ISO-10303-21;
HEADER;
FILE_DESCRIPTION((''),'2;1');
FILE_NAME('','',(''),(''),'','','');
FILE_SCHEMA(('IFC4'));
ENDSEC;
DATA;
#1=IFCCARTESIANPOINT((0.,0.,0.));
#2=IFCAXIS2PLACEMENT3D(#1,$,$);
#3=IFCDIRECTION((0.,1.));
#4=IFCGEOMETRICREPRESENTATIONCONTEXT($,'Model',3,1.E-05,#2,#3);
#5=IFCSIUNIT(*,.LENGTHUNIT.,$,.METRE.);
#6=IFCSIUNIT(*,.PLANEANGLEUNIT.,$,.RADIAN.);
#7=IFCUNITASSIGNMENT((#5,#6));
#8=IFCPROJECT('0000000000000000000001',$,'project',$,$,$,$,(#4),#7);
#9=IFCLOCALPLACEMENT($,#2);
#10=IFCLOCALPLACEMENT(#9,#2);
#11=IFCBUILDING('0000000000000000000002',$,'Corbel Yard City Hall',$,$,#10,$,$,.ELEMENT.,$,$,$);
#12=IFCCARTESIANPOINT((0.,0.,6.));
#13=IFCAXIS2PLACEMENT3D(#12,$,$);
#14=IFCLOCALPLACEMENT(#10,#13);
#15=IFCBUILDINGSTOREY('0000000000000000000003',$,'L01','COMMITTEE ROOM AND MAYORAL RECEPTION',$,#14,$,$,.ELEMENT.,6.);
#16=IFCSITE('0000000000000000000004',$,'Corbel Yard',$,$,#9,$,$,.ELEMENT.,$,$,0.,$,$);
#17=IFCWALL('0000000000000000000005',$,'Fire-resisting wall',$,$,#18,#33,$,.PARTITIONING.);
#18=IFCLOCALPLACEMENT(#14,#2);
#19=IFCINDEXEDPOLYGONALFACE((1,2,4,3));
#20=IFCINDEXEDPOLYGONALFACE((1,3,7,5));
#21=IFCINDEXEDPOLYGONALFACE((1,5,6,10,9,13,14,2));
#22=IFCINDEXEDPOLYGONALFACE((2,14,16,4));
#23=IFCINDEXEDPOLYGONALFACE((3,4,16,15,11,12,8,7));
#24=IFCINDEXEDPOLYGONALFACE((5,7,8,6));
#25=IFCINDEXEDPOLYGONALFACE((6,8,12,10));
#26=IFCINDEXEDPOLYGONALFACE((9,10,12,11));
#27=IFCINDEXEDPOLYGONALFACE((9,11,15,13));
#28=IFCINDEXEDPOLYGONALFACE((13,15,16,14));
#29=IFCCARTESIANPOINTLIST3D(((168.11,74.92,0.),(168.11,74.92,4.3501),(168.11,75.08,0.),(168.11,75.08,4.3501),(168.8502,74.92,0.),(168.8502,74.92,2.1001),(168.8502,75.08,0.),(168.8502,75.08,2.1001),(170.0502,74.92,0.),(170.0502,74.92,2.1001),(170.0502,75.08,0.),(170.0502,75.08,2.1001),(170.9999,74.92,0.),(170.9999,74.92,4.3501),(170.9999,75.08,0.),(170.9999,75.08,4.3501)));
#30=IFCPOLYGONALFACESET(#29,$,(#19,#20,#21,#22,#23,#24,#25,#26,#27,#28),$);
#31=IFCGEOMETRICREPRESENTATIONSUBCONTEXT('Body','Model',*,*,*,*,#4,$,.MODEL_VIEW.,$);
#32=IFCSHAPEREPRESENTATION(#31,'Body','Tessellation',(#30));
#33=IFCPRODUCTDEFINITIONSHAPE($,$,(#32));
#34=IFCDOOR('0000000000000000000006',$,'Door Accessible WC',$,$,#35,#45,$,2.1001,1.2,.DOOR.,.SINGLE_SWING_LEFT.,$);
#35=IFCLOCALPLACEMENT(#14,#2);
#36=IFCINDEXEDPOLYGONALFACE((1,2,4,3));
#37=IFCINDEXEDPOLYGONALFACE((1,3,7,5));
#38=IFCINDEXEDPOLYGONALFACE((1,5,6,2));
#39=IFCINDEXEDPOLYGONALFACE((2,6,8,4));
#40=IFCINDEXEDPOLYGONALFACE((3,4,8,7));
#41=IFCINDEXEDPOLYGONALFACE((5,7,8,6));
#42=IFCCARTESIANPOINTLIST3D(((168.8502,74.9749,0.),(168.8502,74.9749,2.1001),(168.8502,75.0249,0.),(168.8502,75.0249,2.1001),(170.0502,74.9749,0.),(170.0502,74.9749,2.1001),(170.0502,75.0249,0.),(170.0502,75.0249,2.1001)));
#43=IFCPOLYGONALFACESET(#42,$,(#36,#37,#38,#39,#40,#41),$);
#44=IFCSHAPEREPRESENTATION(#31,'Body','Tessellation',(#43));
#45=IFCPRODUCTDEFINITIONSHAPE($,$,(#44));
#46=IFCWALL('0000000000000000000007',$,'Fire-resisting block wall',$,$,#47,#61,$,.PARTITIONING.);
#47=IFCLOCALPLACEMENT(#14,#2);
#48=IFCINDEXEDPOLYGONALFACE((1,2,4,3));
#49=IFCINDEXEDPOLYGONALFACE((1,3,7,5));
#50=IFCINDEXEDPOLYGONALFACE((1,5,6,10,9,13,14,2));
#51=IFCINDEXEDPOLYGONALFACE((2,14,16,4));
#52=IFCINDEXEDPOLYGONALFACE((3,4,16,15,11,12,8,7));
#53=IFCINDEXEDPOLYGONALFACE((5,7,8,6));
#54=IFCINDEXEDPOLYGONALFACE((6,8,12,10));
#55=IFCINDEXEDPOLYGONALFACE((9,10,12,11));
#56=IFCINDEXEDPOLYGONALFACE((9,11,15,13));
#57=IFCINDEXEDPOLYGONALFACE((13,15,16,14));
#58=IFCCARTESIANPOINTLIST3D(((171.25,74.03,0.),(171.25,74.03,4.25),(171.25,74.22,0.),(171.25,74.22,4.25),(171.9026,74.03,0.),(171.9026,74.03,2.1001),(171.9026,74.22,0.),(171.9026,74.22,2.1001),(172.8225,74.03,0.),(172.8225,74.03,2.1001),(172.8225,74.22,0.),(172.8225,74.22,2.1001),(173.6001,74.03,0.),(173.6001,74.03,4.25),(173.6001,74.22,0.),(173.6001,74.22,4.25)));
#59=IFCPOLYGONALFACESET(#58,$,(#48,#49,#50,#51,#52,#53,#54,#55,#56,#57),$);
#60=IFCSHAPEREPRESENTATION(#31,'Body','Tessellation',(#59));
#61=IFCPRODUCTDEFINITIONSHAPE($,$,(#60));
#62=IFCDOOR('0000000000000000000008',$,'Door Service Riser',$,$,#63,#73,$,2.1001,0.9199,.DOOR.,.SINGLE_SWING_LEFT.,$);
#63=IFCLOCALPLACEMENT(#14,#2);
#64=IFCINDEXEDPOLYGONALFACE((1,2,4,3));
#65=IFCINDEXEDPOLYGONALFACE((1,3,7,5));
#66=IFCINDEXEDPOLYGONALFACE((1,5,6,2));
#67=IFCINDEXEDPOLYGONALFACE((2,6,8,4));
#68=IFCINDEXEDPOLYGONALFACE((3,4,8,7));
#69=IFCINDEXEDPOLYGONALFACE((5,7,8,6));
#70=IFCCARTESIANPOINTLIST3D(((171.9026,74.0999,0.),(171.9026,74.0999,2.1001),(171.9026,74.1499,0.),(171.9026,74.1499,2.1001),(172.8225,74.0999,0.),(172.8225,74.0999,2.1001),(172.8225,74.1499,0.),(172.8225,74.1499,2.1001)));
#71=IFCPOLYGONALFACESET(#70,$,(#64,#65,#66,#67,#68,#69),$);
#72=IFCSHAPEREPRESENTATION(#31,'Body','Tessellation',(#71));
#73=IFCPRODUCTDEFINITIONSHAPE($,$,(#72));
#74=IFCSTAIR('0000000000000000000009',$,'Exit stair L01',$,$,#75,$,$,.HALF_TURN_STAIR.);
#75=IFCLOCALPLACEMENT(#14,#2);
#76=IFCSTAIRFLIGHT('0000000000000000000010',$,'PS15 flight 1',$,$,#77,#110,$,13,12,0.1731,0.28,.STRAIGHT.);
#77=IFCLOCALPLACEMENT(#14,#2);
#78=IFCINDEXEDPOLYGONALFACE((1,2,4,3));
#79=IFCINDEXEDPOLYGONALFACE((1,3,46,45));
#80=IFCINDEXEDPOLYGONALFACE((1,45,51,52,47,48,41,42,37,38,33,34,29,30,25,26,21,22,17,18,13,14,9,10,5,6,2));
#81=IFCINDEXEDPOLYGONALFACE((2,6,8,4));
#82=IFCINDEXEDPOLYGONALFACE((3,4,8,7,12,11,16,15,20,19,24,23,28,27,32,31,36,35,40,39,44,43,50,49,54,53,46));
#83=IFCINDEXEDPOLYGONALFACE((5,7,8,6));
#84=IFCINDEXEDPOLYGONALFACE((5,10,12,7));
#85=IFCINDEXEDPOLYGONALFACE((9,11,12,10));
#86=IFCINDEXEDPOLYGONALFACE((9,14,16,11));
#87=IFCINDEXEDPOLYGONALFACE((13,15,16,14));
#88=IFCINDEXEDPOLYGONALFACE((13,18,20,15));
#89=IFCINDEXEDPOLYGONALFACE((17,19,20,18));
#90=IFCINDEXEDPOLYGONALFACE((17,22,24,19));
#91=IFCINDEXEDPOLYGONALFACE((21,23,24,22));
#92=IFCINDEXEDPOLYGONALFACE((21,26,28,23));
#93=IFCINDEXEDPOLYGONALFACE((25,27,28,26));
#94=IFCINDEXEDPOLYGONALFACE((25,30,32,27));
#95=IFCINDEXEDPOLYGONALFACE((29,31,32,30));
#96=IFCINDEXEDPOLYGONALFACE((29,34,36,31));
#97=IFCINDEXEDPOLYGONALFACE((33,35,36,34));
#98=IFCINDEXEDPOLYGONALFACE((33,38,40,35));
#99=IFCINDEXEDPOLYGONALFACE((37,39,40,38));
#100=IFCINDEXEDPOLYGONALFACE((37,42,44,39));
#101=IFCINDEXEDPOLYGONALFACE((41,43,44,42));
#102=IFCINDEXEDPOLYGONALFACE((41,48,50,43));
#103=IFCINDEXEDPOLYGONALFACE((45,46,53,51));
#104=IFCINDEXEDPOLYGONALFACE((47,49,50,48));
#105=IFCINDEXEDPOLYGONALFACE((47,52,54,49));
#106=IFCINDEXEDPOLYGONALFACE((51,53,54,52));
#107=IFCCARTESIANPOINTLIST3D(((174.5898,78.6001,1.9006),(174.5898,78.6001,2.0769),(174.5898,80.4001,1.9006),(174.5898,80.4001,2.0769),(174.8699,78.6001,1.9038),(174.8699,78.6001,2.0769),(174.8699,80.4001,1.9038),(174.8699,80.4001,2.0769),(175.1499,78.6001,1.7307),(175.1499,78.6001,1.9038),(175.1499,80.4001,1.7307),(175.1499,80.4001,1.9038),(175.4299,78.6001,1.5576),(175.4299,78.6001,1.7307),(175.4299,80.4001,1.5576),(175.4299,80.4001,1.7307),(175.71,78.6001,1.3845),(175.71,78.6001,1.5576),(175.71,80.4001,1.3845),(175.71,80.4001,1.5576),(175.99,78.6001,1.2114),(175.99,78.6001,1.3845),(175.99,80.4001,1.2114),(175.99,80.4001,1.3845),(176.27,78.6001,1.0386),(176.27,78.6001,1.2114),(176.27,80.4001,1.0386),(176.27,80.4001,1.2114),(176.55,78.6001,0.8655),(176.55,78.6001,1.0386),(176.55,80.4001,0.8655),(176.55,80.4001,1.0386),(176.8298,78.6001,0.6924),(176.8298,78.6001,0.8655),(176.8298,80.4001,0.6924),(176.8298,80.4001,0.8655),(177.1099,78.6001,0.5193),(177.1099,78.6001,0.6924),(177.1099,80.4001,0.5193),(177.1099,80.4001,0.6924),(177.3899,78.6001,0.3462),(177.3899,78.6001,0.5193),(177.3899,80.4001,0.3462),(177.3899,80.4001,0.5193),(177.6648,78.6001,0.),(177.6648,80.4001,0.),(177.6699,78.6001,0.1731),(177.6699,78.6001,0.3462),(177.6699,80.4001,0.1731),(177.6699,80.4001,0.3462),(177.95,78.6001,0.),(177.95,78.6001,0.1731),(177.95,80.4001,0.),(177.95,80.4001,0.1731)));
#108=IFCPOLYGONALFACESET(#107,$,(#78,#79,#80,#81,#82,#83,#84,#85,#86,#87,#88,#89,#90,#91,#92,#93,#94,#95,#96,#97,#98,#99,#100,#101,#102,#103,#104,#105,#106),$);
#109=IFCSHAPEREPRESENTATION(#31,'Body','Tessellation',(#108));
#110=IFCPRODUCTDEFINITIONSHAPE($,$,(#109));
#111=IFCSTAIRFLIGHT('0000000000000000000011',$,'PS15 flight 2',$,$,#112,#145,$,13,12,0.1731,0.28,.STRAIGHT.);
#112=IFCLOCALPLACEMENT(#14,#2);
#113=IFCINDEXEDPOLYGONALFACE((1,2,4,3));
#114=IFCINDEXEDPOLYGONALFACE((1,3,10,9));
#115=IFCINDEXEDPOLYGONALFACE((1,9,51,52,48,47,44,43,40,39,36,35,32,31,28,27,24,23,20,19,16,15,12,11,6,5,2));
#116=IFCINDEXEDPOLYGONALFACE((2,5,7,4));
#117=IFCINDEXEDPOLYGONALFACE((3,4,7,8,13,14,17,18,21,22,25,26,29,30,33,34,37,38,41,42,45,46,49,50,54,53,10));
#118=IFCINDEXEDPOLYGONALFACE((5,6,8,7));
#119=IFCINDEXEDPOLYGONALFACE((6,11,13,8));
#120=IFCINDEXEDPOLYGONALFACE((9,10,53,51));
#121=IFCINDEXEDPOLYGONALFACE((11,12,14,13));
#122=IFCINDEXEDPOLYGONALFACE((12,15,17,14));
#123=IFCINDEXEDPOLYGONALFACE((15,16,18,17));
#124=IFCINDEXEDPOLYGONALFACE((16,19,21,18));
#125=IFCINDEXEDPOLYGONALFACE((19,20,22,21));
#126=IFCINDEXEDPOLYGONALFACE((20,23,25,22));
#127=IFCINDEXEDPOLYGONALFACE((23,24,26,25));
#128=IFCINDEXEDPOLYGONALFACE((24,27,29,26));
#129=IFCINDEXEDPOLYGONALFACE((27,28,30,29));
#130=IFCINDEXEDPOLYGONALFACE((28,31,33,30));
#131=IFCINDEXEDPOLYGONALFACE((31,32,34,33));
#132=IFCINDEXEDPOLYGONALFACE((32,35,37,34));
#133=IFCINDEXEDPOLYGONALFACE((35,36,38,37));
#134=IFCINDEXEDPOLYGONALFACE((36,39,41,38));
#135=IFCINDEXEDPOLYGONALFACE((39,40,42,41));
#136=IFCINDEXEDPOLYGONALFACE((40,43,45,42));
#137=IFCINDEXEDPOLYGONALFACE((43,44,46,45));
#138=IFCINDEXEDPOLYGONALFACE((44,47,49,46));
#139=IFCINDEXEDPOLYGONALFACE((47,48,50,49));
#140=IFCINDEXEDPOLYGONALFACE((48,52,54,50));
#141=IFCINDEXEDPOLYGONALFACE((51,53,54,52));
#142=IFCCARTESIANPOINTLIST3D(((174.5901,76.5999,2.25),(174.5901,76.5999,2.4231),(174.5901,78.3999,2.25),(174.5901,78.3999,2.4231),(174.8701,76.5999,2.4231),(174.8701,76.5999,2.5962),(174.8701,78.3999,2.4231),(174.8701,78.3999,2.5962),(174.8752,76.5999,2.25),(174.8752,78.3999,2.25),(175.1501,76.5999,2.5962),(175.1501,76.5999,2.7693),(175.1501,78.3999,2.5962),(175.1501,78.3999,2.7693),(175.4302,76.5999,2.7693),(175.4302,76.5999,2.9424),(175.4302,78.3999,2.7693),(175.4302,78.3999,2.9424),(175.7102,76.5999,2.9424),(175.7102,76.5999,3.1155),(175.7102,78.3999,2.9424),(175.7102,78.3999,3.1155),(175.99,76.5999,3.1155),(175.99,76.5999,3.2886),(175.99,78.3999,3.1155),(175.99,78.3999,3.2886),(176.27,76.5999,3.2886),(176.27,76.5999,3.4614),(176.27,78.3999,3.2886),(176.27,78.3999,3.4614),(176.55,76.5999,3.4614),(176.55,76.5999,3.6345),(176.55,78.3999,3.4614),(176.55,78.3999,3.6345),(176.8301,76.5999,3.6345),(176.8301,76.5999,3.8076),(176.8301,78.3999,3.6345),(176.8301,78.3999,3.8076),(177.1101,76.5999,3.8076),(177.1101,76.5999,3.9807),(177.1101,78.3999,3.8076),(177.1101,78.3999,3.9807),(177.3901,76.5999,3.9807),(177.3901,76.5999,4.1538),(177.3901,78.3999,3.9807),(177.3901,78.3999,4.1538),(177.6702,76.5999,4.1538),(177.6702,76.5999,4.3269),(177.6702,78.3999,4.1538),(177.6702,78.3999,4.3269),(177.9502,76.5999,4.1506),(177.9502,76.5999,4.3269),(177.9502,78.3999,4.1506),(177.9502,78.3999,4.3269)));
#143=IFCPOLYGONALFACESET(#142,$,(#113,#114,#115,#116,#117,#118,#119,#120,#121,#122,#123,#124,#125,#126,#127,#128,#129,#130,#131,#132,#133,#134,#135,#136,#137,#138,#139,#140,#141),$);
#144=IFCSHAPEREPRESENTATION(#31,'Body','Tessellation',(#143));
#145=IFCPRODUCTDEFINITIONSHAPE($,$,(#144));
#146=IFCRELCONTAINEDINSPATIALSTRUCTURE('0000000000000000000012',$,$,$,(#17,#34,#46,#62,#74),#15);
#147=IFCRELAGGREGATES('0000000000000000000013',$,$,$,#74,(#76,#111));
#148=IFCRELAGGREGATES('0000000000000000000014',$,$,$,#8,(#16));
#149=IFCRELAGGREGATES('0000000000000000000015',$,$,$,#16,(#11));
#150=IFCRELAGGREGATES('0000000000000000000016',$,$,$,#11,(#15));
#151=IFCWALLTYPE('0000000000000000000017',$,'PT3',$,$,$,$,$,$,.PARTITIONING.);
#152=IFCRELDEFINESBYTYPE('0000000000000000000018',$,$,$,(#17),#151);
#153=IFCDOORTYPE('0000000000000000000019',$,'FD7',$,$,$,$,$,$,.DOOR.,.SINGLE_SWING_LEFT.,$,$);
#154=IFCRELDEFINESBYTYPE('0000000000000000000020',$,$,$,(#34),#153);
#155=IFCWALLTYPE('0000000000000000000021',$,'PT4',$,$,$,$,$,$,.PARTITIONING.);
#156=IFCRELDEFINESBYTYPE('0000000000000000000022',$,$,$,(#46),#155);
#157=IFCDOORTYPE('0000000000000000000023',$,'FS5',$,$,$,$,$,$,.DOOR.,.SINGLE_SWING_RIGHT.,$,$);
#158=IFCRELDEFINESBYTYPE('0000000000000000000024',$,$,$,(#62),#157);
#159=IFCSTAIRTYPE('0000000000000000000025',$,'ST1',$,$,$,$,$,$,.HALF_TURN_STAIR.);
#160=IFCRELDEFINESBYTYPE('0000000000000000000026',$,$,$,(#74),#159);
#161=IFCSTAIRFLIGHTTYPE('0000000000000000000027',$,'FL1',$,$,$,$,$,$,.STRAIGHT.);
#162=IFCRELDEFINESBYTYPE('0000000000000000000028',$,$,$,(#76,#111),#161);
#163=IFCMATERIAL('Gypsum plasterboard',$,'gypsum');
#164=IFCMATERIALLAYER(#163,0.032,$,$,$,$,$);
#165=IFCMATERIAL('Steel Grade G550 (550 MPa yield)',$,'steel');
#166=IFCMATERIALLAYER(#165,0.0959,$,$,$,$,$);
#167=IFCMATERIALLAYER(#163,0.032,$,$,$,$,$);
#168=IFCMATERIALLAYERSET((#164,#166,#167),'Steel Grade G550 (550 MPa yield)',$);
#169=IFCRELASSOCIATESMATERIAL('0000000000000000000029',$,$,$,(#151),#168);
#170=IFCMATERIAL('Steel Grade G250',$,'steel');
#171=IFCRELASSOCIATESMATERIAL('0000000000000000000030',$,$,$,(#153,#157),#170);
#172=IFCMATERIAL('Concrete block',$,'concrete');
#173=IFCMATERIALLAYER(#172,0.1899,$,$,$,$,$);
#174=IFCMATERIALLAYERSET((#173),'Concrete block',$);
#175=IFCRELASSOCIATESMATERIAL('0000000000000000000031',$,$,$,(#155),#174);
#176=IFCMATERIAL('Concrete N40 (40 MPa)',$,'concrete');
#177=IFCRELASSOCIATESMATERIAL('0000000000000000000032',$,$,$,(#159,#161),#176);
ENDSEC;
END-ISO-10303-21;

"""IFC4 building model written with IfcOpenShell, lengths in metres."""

from ifc_helpers import new_model, si_unit, direction, frame, frame_2d, origin, place, context, subcontext, project, spatial, polyline, rectangle, outline, extrude, material, layer, layer_set, type_object, element, fill, aggregate, save


model = new_model("IFC4")

# Units and contexts
model_context = context("Model", 3, precision=1e-05, world=origin(), true_north=direction((0.0, 1.0)))
body_context = subcontext(model_context, "Body", "Model", "MODEL_VIEW")
ifc_project = project(units=[si_unit("LENGTHUNIT", "METRE"), si_unit("PLANEANGLEUNIT", "RADIAN")], contexts=[model_context])

# Site, building, storey
site_placement = place(None, origin())
site = spatial("IfcSite", under=ifc_project, at=site_placement, Name="Corbel Yard", CompositionType="ELEMENT", RefElevation=0.0)
building_placement = place(site_placement, origin())
building = spatial("IfcBuilding", under=site, at=building_placement, Name="Corbel Yard City Hall", CompositionType="ELEMENT")
storey_placement = place(building_placement, frame((0.0, 0.0, 6.0)))
storey = spatial("IfcBuildingStorey", under=building, at=storey_placement, Name="L01", Description="COMMITTEE ROOM AND MAYORAL RECEPTION", CompositionType="ELEMENT", Elevation=6.0)

# Shared definitions
ifc_material_1 = material(Name="Steel Grade G250", Category="steel")
ifc_material_2 = material(Name="Concrete N40 (40 MPa)", Category="concrete")

# Walls, openings, doors
ifc_material_3 = material(Name="Gypsum plasterboard", Category="gypsum")
ifc_layer_1 = layer(ifc_material_3, 0.032)
ifc_material_4 = material(Name="Steel Grade G550 (550 MPa yield)", Category="steel")
ifc_layer_2 = layer(ifc_material_4, 0.0959)
ifc_layer_3 = layer(ifc_material_3, 0.032)
ifc_layer_set_1 = layer_set([ifc_layer_1, ifc_layer_2, ifc_layer_3], Name="Steel Grade G550 (550 MPa yield)")
wall_type_1 = type_object("IfcWallType", Name="PT3", PredefinedType="PARTITIONING", material=ifc_layer_set_1)
wall_1_placement = place(storey_placement, frame((168.1101, 75.0, 0.0), z_axis=(0.0, 0.0, 1.0), x_axis=(1.0, 0.0, 0.0)))
wall_1 = element("IfcWall", 1, at=wall_1_placement, inside=storey, type_object=wall_type_1, Name="Fire-resisting wall", PredefinedType="PARTITIONING", context=body_context, shape_type="SweptSolid", body=[
    extrude(rectangle(XDim=2.8899, YDim=0.1599, at=frame_2d((1.4448, 0.0))), origin(), (0.0, 0.0, 1.0), 4.3501),
])
opening_1_placement = place(wall_1_placement, frame((0.74, 0.0, 0.0)))
opening_1 = element("IfcOpeningElement", 2, at=opening_1_placement, cuts=wall_1, PredefinedType="OPENING", context=body_context, shape_type="SweptSolid", body=[
    extrude(rectangle(XDim=1.2, YDim=2.1001, at=frame_2d((0.6001, 1.05))), frame((0.0, 0.0898, 0.0), z_axis=(0.0, -1.0, 0.0), x_axis=(1.0, 0.0, 0.0)), (0.0, 0.0, 1.0), 0.1799),
])
door_type_1 = type_object("IfcDoorType", Name="FD7", OperationType="SINGLE_SWING_LEFT", PredefinedType="DOOR", material=ifc_material_1)
door_1_placement = place(opening_1_placement, origin())
door_1 = element("IfcDoor", 3, at=door_1_placement, inside=storey, type_object=door_type_1, Name="Door Accessible WC", OperationType="SINGLE_SWING_LEFT", OverallHeight=2.1001, OverallWidth=1.2, PredefinedType="DOOR", context=body_context, shape_type="SweptSolid", body=[
    extrude(rectangle(XDim=1.2, YDim=2.1001, at=frame_2d((0.6001, 1.05))), frame((0.0, 0.0249, 0.0), z_axis=(0.0, -1.0, 0.0), x_axis=(1.0, 0.0, 0.0)), (0.0, 0.0, 1.0), 0.05),
])
fill(opening_1, door_1)
ifc_material_5 = material(Name="Concrete block", Category="concrete")
ifc_layer_4 = layer(ifc_material_5, 0.1899)
ifc_layer_set_2 = layer_set([ifc_layer_4], Name="Concrete block")
wall_type_2 = type_object("IfcWallType", Name="PT4", PredefinedType="PARTITIONING", material=ifc_layer_set_2)
wall_2_placement = place(storey_placement, frame((171.25, 74.125, 0.0), z_axis=(0.0, 0.0, 1.0), x_axis=(1.0, 0.0, 0.0)))
wall_2 = element("IfcWall", 4, at=wall_2_placement, inside=storey, type_object=wall_type_2, Name="Fire-resisting block wall", PredefinedType="PARTITIONING", context=body_context, shape_type="SweptSolid", body=[
    extrude(rectangle(XDim=2.3501, YDim=0.1899, at=frame_2d((1.175, 0.0))), origin(), (0.0, 0.0, 1.0), 4.25),
])
opening_2_placement = place(wall_2_placement, frame((0.6526, 0.0, 0.0)))
opening_2 = element("IfcOpeningElement", 5, at=opening_2_placement, cuts=wall_2, PredefinedType="OPENING", context=body_context, shape_type="SweptSolid", body=[
    extrude(rectangle(XDim=0.9199, YDim=2.1001, at=frame_2d((0.46, 1.05))), frame((0.0, 0.105, 0.0), z_axis=(0.0, -1.0, 0.0), x_axis=(1.0, 0.0, 0.0)), (0.0, 0.0, 1.0), 0.21),
])
door_type_2 = type_object("IfcDoorType", Name="FS5", OperationType="SINGLE_SWING_RIGHT", PredefinedType="DOOR", material=ifc_material_1)
door_2_placement = place(opening_2_placement, origin())
door_2 = element("IfcDoor", 6, at=door_2_placement, inside=storey, type_object=door_type_2, Name="Door Service Riser", OperationType="SINGLE_SWING_LEFT", OverallHeight=2.1001, OverallWidth=0.9199, PredefinedType="DOOR", context=body_context, shape_type="SweptSolid", body=[
    extrude(rectangle(XDim=0.9199, YDim=2.1001, at=frame_2d((0.46, 1.05))), frame((0.0, 0.0249, 0.0), z_axis=(0.0, -1.0, 0.0), x_axis=(1.0, 0.0, 0.0)), (0.0, 0.0, 1.0), 0.05),
])
fill(opening_2, door_2)

# Stair, stair flights
stair_type = type_object("IfcStairType", Name="ST1", PredefinedType="HALF_TURN_STAIR", material=ifc_material_2)
stair_placement = place(storey_placement, origin())
stair = element("IfcStair", 7, at=stair_placement, inside=storey, type_object=stair_type, Name="Exit stair L01", PredefinedType="HALF_TURN_STAIR")
stair_flight_type = type_object("IfcStairFlightType", Name="FL1", PredefinedType="STRAIGHT", material=ifc_material_2)
stair_flight_1_placement = place(storey_placement, frame((177.95, 79.5, 0.0), z_axis=(0.0, 0.0, 1.0), x_axis=(-1.0, 0.0, 0.0)))
stair_flight_1 = element("IfcStairFlight", 8, at=stair_flight_1_placement, type_object=stair_flight_type, Name="PS15 flight 1", NumberOfRisers=13, NumberOfTreads=12, PredefinedType="STRAIGHT", RiserHeight=0.1731, TreadLength=0.28, context=body_context, shape_type="SweptSolid", body=[
    extrude(outline(polyline([(0.0, 0.0), (0.0, 0.1731), (0.28, 0.1731), (0.28, 0.3462), (0.5601, 0.3462), (0.5601, 0.5193), (0.8401, 0.5193), (0.8401, 0.6924), (1.1201, 0.6924), (1.1201, 0.8655), (1.3999, 0.8655), (1.3999, 1.0386), (1.6799, 1.0386), (1.6799, 1.2114), (1.96, 1.2114), (1.96, 1.3845), (2.24, 1.3845), (2.24, 1.5576), (2.52, 1.5576), (2.52, 1.7307), (2.8, 1.7307), (2.8, 1.9038), (3.0801, 1.9038), (3.0801, 2.0769), (3.3601, 2.0769), (3.3601, 2.25), (3.3601, 1.9006), (0.2852, 0.0), (0.0, 0.0)])), frame((0.0, 0.8999, 0.0), z_axis=(0.0, -1.0, 0.0), x_axis=(1.0, 0.0, 0.0)), (0.0, 0.0, 1.0), 1.8),
])
stair_flight_2_placement = place(storey_placement, frame((174.5901, 77.5, 2.25), z_axis=(0.0, 0.0, 1.0), x_axis=(1.0, 0.0, 0.0)))
stair_flight_2 = element("IfcStairFlight", 9, at=stair_flight_2_placement, type_object=stair_flight_type, Name="PS15 flight 2", NumberOfRisers=13, NumberOfTreads=12, PredefinedType="STRAIGHT", RiserHeight=0.1731, TreadLength=0.28, context=body_context, shape_type="SweptSolid", body=[
    extrude(outline(polyline([(0.0, 0.0), (0.0, 0.1731), (0.28, 0.1731), (0.28, 0.3462), (0.5601, 0.3462), (0.5601, 0.5193), (0.8401, 0.5193), (0.8401, 0.6924), (1.1201, 0.6924), (1.1201, 0.8655), (1.3999, 0.8655), (1.3999, 1.0386), (1.6799, 1.0386), (1.6799, 1.2114), (1.96, 1.2114), (1.96, 1.3845), (2.24, 1.3845), (2.24, 1.5576), (2.52, 1.5576), (2.52, 1.7307), (2.8, 1.7307), (2.8, 1.9038), (3.0801, 1.9038), (3.0801, 2.0769), (3.3601, 2.0769), (3.3601, 2.25), (3.3601, 1.9006), (0.2852, 0.0), (0.0, 0.0)])), frame((0.0, 0.8999, 0.0), z_axis=(0.0, -1.0, 0.0), x_axis=(1.0, 0.0, 0.0)), (0.0, 0.0, 1.0), 1.8),
])
aggregate(stair, [stair_flight_1, stair_flight_2])

save(model, "model.ifc")
